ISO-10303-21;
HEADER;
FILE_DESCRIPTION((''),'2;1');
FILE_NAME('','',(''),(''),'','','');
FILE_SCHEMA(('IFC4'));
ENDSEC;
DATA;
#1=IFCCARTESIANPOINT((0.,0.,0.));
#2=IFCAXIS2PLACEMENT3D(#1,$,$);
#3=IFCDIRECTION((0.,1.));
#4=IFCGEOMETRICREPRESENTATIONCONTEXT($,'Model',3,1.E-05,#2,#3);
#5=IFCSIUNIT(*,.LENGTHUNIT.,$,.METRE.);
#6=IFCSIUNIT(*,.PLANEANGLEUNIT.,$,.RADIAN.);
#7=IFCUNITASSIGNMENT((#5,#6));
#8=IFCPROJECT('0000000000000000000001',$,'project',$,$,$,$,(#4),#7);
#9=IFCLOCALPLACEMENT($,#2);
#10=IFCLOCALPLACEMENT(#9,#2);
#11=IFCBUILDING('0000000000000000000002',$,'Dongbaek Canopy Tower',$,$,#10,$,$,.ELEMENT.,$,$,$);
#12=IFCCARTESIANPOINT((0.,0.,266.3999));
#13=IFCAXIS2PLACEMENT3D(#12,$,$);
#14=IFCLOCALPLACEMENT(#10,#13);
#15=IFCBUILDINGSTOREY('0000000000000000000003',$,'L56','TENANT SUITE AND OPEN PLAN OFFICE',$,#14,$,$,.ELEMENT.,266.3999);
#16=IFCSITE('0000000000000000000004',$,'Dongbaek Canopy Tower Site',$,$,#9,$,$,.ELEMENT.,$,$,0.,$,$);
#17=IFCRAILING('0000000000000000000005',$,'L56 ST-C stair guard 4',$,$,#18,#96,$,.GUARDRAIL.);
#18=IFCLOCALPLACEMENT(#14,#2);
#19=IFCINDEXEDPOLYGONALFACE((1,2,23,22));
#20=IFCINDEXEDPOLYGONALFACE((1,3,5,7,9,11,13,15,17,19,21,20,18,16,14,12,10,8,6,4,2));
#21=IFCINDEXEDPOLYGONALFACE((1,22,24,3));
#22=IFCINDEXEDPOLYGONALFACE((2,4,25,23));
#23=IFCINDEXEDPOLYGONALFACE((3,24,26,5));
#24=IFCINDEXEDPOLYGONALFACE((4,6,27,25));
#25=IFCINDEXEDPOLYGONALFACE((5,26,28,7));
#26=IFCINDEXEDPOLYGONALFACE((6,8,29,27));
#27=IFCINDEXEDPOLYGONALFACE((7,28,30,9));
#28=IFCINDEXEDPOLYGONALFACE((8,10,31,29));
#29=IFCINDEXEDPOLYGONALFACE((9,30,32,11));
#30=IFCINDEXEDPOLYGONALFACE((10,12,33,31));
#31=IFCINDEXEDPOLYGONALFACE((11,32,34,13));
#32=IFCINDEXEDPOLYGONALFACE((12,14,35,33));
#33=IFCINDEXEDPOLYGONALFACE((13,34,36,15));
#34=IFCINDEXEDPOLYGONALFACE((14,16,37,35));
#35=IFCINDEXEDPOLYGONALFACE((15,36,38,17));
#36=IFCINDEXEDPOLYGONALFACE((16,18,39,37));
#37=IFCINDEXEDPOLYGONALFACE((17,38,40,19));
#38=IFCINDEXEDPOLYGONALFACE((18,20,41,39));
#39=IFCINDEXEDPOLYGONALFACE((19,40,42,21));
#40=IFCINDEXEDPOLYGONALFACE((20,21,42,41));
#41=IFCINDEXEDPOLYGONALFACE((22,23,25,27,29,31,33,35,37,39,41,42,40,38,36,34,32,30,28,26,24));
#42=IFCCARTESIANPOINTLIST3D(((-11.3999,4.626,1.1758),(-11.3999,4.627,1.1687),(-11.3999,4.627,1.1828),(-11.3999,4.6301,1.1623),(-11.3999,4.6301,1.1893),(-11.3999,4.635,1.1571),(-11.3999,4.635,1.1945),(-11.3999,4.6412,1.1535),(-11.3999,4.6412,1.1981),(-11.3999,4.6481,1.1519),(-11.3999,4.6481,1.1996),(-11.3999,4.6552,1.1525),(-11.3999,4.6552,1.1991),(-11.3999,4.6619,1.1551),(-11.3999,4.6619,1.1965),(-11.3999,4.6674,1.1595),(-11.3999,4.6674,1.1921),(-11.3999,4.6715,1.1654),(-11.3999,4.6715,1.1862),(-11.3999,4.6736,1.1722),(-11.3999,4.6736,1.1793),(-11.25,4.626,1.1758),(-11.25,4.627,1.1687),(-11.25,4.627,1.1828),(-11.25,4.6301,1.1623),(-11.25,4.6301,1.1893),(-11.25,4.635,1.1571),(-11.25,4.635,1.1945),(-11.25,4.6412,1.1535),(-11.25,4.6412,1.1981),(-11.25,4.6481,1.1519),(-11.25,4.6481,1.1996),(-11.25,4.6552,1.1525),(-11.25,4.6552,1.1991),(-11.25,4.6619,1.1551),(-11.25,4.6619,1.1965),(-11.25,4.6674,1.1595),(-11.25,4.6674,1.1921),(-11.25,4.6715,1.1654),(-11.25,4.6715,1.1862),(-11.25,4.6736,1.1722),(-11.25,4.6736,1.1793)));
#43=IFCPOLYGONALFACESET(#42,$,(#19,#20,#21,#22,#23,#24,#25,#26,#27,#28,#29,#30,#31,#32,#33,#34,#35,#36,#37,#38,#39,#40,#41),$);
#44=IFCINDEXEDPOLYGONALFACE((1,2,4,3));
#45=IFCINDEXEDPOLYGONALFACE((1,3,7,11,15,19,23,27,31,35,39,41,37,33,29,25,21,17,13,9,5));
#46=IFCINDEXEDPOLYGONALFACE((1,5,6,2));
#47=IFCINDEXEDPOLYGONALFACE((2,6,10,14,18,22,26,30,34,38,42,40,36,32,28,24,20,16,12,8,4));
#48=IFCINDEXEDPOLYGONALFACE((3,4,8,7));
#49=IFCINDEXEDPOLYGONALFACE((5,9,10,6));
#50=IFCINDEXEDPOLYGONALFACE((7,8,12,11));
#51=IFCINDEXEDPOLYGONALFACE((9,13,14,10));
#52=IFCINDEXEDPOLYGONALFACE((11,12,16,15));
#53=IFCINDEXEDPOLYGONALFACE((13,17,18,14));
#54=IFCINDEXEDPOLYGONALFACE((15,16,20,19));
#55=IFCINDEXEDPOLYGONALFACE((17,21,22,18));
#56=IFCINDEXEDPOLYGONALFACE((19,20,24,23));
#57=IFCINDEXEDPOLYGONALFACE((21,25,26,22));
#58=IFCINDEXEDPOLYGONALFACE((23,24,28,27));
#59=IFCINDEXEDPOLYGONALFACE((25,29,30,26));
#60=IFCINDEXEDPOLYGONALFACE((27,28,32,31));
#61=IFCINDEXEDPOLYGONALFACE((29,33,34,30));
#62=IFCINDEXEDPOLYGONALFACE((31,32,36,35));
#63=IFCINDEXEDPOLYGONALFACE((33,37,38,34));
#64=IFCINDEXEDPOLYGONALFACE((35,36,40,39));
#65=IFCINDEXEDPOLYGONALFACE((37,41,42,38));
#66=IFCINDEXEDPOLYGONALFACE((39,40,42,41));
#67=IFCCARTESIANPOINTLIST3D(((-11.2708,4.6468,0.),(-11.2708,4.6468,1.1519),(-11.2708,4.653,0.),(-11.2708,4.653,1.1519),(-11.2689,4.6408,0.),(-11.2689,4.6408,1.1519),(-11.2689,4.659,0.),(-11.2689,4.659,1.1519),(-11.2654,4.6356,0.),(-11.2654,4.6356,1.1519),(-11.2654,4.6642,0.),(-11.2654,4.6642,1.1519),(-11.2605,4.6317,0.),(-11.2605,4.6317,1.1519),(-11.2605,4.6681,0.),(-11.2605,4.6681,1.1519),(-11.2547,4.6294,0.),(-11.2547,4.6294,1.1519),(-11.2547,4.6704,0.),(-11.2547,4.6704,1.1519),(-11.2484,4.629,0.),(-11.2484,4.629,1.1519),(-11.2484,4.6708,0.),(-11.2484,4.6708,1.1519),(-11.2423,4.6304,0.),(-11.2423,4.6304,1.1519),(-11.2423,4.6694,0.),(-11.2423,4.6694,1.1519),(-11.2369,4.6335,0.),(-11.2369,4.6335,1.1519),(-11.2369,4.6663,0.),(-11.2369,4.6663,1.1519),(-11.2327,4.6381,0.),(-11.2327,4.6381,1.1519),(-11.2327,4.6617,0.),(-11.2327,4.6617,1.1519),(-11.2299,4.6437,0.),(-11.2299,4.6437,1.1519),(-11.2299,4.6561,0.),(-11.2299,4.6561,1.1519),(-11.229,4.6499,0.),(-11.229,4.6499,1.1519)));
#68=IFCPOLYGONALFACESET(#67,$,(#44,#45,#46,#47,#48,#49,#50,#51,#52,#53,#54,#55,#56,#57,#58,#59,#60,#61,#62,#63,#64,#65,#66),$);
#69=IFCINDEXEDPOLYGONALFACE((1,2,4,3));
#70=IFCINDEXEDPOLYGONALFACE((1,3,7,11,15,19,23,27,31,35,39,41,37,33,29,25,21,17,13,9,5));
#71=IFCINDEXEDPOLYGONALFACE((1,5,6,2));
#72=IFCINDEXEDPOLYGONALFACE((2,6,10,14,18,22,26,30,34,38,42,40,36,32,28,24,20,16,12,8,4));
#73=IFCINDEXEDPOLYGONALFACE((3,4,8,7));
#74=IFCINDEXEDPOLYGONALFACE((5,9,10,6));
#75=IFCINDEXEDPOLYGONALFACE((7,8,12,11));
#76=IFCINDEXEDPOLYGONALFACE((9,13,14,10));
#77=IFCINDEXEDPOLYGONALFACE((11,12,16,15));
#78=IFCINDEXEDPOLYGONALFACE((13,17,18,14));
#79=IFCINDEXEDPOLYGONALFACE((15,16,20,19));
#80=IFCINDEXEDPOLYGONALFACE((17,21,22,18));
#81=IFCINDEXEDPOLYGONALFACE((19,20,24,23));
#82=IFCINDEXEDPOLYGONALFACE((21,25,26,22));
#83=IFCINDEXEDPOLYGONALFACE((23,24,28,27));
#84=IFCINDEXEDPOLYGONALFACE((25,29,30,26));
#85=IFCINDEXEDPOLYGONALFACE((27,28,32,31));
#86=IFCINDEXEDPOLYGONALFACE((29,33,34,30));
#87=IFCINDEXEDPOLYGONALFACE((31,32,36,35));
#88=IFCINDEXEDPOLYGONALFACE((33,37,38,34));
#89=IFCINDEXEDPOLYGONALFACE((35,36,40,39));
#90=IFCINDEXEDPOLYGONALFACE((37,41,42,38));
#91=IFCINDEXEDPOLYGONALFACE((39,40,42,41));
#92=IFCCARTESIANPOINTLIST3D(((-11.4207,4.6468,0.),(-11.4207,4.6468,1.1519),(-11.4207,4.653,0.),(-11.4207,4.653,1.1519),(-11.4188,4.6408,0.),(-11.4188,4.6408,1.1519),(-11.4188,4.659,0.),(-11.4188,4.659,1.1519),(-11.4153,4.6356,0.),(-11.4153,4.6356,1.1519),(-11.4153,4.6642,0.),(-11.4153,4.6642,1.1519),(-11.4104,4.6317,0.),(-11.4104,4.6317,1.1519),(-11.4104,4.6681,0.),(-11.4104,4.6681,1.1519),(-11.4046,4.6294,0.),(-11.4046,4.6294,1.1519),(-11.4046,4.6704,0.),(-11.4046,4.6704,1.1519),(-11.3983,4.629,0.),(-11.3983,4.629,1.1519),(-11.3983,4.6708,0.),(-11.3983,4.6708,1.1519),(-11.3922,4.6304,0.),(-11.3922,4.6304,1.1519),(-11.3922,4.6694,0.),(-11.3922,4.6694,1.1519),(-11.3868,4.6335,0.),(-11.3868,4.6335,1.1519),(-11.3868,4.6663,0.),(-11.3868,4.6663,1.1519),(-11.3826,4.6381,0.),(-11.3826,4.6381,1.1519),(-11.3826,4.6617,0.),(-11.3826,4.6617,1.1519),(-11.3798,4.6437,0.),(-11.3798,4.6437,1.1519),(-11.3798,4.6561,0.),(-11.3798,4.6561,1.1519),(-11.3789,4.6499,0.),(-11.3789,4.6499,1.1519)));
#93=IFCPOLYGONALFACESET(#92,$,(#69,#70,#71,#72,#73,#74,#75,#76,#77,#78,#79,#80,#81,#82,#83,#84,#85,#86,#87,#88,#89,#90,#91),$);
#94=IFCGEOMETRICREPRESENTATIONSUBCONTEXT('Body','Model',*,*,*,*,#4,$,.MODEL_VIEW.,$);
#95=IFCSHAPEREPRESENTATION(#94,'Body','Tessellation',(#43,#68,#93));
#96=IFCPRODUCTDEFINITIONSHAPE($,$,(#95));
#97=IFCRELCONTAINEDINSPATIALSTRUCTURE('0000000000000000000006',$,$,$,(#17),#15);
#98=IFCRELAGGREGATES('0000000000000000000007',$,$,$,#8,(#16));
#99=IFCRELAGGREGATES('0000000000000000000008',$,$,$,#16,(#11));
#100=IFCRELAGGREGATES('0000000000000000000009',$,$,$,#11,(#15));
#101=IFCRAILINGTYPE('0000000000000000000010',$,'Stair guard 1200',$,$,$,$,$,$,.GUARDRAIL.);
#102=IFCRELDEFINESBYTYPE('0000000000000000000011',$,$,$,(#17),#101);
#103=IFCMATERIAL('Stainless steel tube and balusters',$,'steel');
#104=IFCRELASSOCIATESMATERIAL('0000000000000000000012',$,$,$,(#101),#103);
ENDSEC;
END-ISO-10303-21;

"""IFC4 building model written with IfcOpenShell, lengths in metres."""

from ifc_helpers import new_model, si_unit, direction, frame, origin, origin_2d, place, context, subcontext, project, spatial, circle, extrude, material, type_object, element, save


model = new_model("IFC4")

# Units and contexts
model_context = context("Model", 3, precision=1e-05, world=origin(), true_north=direction((0.0, 1.0)))
body_context = subcontext(model_context, "Body", "Model", "MODEL_VIEW")
ifc_project = project(units=[si_unit("LENGTHUNIT", "METRE"), si_unit("PLANEANGLEUNIT", "RADIAN")], contexts=[model_context])

# Site, building, storey
site_placement = place(None, origin())
site = spatial("IfcSite", under=ifc_project, at=site_placement, Name="Dongbaek Canopy Tower Site", CompositionType="ELEMENT", RefElevation=0.0)
building_placement = place(site_placement, origin())
building = spatial("IfcBuilding", under=site, at=building_placement, Name="Dongbaek Canopy Tower", CompositionType="ELEMENT")
storey_placement = place(building_placement, frame((0.0, 0.0, 266.3999)))
storey = spatial("IfcBuildingStorey", under=building, at=storey_placement, Name="L56", Description="TENANT SUITE AND OPEN PLAN OFFICE", CompositionType="ELEMENT", Elevation=266.3999)

# Railing
ifc_material_1 = material(Name="Stainless steel tube and balusters", Category="steel")
railing_type_1 = type_object("IfcRailingType", Name="Stair guard 1200", PredefinedType="GUARDRAIL", material=ifc_material_1)
railing_1_placement = place(storey_placement, frame((-11.25, 4.6499, 0.0)))
element("IfcRailing", 1, at=railing_1_placement, inside=storey, type_object=railing_type_1, Name="L56 ST-C stair guard 4", PredefinedType="GUARDRAIL", context=body_context, shape_type="SweptSolid", body=[
    extrude(circle(Radius=0.0239, at=origin_2d()), frame((0.0, 0.0, 1.1758), z_axis=(-1.0, 0.0, 0.0), x_axis=(0.0, -1.0, 0.0)), (0.0, 0.0, 1.0), 0.1499),
    extrude(circle(Radius=0.021, at=origin_2d()), origin(), (0.0, 0.0, 1.0), 1.1519),
    extrude(circle(Radius=0.021, at=origin_2d()), frame((-0.1499, 0.0, 0.0)), (0.0, 0.0, 1.0), 1.1519),
])

save(model, "model.ifc")
